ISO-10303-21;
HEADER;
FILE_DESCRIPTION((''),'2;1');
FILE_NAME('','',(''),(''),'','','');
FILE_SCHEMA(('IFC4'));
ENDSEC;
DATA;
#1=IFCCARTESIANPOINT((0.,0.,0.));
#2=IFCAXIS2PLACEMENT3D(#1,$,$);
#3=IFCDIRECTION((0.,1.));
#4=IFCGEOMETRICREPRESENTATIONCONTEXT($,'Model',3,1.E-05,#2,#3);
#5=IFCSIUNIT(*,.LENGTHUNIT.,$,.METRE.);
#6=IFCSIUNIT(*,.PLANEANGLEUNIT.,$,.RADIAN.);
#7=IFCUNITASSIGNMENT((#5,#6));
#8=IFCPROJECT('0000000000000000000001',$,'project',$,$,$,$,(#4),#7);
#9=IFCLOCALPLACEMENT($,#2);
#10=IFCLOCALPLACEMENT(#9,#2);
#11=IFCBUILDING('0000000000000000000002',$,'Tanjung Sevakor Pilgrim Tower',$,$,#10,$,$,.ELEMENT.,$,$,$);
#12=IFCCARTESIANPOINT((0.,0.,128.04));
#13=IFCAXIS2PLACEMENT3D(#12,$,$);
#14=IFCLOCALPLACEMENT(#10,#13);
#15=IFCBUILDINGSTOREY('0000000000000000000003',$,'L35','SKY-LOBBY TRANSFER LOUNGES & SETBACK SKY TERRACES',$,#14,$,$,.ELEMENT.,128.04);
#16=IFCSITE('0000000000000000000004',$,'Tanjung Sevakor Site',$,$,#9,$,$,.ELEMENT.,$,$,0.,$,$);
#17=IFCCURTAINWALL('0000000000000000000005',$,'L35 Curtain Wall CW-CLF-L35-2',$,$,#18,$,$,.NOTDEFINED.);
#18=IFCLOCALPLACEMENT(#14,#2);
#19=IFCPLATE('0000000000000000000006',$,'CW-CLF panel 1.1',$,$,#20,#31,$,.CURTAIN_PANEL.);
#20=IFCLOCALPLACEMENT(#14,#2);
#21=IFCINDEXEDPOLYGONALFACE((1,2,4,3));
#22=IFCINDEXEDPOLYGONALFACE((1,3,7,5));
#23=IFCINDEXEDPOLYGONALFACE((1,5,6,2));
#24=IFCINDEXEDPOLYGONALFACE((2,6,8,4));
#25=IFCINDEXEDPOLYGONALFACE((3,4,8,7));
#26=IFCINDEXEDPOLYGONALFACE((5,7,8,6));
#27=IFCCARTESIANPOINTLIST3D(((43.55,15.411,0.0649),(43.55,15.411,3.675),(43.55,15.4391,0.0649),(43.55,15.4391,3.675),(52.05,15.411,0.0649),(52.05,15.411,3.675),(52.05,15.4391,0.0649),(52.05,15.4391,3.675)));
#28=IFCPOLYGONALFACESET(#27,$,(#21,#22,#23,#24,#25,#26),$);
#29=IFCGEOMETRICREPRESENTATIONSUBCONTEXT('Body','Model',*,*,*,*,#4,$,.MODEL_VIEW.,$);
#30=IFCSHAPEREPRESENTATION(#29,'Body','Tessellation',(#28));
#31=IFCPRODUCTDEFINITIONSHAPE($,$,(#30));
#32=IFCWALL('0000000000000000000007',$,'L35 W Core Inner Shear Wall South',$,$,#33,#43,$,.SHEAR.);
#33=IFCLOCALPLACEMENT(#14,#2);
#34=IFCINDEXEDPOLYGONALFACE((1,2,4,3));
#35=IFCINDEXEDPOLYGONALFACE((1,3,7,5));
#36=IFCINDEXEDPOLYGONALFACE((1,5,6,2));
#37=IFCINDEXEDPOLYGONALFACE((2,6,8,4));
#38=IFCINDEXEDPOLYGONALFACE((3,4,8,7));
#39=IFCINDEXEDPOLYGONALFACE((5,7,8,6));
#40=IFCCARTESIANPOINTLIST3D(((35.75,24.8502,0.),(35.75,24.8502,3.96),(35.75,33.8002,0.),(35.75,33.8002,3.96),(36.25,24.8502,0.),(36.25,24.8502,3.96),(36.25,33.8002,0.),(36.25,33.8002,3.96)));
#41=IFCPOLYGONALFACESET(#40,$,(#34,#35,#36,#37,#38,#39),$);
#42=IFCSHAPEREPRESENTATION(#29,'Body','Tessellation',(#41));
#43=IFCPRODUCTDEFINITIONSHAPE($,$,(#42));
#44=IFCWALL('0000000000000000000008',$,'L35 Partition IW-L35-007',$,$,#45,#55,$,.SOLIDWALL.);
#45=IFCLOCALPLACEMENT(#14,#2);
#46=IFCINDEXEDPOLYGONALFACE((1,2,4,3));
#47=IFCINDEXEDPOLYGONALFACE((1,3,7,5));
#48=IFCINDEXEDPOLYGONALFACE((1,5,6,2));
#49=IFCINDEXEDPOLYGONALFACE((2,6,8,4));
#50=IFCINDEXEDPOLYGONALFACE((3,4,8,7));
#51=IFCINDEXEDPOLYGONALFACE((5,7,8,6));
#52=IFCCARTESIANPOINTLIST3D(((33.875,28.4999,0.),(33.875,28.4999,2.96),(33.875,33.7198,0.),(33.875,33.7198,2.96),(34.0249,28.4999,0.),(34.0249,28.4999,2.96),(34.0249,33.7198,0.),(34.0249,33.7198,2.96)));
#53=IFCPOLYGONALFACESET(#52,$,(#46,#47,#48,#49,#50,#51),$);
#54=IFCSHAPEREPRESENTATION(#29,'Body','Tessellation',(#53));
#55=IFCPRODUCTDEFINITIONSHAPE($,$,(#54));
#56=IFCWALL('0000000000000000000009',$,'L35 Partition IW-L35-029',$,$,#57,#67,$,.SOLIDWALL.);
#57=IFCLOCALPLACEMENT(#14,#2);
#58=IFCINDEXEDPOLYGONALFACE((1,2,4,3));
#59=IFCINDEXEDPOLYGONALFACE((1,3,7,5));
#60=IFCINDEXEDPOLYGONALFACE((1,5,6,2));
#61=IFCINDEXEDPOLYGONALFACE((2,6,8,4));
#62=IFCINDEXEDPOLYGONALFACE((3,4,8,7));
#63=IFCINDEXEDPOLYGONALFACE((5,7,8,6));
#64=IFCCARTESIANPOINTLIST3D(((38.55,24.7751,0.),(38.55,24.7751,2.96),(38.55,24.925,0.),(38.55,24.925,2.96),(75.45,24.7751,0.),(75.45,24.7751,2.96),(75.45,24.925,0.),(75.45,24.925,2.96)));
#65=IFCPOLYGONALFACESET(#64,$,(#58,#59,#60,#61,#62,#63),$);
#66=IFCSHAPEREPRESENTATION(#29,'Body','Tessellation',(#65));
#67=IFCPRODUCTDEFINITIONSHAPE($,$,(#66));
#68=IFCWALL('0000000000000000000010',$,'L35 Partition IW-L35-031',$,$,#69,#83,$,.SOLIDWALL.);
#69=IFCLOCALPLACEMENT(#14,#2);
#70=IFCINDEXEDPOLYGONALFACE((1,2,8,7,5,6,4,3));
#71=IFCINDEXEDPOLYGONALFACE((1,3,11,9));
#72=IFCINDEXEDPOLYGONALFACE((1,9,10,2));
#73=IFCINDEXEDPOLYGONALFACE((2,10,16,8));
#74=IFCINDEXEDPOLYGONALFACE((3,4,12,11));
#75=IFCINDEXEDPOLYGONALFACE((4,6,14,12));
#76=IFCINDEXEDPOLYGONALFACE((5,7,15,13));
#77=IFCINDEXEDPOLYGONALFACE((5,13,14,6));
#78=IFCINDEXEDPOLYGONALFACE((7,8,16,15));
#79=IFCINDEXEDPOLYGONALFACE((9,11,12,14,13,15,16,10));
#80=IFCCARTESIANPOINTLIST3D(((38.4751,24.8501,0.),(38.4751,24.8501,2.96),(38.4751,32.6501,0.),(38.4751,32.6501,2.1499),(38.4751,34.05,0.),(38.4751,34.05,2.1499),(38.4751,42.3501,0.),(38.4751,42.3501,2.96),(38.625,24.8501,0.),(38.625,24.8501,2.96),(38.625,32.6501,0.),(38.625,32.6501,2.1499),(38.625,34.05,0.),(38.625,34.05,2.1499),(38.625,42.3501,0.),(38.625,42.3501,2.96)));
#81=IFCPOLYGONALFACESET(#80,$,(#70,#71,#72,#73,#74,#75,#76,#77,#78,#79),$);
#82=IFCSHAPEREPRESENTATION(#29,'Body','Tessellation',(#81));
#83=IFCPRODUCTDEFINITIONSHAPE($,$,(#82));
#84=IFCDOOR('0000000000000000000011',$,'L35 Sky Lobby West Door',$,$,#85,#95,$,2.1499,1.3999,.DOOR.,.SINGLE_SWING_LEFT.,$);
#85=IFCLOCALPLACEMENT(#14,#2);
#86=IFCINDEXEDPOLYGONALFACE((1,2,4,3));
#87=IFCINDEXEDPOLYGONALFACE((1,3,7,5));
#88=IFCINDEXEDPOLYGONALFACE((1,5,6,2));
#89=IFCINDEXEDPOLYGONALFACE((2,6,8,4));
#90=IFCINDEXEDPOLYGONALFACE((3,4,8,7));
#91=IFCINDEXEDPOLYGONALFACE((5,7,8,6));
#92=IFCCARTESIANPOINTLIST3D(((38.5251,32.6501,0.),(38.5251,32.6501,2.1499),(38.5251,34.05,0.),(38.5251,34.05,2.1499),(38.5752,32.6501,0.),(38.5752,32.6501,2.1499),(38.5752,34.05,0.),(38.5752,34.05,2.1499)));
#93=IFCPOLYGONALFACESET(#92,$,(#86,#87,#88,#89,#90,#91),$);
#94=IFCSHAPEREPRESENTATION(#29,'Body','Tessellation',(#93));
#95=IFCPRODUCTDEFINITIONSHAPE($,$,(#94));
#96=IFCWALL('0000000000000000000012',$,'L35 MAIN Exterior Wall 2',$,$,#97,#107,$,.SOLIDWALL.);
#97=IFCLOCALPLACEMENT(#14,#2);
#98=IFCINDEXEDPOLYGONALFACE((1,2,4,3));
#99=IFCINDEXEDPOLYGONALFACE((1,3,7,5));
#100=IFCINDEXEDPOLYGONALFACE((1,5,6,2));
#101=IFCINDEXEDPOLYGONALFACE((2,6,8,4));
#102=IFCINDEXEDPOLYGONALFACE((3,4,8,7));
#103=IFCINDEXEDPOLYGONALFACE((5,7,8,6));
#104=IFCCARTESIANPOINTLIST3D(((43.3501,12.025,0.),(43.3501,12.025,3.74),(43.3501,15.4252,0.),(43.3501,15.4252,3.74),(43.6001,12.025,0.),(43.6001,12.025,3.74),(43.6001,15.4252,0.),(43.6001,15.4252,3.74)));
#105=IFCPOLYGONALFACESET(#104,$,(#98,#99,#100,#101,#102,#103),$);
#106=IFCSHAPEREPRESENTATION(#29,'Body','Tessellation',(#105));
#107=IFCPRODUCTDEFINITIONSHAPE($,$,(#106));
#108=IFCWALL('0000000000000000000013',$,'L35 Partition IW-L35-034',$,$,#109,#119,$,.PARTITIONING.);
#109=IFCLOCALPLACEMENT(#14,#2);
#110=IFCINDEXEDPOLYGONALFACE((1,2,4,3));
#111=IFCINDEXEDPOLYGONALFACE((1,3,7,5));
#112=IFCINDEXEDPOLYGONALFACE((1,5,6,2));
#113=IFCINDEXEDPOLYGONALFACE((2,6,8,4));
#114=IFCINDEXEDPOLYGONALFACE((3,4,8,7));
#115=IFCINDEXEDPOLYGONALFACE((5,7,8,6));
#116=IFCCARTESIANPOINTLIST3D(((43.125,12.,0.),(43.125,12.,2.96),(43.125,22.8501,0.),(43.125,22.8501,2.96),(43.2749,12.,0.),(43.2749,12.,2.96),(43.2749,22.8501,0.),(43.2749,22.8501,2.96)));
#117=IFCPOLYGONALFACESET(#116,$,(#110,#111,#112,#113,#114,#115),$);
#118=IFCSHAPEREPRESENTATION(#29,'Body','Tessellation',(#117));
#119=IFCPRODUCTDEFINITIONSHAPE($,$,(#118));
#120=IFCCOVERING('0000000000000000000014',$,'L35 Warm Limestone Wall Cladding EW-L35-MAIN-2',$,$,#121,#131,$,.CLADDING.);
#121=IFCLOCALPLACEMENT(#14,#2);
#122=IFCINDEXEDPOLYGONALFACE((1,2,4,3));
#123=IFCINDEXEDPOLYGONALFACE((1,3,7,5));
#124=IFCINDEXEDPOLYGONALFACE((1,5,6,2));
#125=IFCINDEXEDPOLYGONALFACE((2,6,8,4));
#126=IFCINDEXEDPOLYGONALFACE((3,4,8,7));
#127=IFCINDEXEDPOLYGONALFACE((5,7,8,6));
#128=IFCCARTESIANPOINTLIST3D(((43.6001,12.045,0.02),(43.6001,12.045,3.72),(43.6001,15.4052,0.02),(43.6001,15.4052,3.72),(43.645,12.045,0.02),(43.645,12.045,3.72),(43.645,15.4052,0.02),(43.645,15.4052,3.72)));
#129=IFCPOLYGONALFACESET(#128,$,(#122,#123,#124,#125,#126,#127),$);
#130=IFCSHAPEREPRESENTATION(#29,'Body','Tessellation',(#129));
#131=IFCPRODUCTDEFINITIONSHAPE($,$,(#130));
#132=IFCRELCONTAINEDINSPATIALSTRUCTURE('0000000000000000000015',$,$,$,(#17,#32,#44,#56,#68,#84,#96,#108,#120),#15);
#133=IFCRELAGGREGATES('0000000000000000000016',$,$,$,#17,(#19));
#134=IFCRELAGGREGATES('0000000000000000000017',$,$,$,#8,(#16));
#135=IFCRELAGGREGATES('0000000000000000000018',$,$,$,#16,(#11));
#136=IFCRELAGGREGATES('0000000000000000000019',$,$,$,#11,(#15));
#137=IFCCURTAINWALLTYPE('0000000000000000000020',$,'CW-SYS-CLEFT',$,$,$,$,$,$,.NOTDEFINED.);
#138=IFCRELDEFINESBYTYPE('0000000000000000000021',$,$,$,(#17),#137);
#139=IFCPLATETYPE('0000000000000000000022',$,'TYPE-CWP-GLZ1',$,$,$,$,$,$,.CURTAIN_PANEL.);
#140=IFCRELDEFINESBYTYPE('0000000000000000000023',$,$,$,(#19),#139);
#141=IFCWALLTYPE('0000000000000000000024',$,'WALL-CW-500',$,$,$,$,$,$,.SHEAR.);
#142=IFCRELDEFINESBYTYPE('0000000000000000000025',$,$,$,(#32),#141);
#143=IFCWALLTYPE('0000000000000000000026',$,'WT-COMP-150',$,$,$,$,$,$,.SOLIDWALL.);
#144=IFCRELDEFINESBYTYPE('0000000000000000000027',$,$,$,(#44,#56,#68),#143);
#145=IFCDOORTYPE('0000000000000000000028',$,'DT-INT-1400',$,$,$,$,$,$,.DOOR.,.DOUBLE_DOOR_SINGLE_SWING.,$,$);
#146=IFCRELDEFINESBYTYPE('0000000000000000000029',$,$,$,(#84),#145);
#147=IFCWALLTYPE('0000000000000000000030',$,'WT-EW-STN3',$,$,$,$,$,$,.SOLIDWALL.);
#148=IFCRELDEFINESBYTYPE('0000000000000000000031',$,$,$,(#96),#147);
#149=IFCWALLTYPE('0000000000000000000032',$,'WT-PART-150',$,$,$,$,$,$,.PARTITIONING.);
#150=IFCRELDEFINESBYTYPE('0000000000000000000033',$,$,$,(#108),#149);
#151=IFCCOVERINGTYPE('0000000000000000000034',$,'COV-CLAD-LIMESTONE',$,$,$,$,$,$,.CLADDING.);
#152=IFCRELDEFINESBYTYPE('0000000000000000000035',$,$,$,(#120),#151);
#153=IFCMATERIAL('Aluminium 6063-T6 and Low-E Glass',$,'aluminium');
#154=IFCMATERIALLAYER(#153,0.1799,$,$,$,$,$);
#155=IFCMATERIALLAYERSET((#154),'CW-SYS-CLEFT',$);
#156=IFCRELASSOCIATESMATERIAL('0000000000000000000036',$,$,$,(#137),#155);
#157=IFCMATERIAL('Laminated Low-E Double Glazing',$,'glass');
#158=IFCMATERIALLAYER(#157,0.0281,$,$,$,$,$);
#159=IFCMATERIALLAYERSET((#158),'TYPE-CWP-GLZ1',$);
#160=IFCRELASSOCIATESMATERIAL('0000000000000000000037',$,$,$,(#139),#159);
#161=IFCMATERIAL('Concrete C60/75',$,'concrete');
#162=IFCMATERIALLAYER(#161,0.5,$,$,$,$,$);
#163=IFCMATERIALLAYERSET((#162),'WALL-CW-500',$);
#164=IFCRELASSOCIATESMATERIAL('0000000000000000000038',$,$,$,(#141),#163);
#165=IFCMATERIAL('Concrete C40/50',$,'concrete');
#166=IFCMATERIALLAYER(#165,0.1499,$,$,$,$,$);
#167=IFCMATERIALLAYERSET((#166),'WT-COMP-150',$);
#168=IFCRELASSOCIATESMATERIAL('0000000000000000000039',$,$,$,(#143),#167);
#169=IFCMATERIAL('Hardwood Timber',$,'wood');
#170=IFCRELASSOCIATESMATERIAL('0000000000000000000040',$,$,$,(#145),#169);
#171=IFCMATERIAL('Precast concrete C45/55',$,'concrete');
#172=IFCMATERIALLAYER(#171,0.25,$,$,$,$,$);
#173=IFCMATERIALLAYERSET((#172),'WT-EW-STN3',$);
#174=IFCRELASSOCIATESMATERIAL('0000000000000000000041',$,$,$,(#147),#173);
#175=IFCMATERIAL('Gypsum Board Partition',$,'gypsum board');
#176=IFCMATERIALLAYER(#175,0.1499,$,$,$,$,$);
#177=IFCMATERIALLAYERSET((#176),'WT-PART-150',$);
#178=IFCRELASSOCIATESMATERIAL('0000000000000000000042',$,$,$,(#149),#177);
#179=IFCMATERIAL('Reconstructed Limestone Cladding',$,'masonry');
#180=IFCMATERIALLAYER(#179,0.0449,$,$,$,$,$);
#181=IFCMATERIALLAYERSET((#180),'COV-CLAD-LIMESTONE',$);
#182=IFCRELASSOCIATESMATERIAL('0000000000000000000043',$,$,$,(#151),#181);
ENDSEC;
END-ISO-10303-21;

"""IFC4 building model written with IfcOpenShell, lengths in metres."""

from ifc_helpers import new_model, si_unit, direction, frame, frame_2d, origin, origin_2d, place, context, subcontext, project, spatial, rectangle, extrude, material, layer, layer_set, type_object, element, fill, aggregate, save


model = new_model("IFC4")

# Units and contexts
model_context = context("Model", 3, precision=1e-05, world=origin(), true_north=direction((0.0, 1.0)))
body_context = subcontext(model_context, "Body", "Model", "MODEL_VIEW")
ifc_project = project(units=[si_unit("LENGTHUNIT", "METRE"), si_unit("PLANEANGLEUNIT", "RADIAN")], contexts=[model_context])

# Site, building, storey
site_placement = place(None, origin())
site = spatial("IfcSite", under=ifc_project, at=site_placement, Name="Tanjung Sevakor Site", CompositionType="ELEMENT", RefElevation=0.0)
building_placement = place(site_placement, origin())
building = spatial("IfcBuilding", under=site, at=building_placement, Name="Tanjung Sevakor Pilgrim Tower", CompositionType="ELEMENT")
storey_placement = place(building_placement, frame((0.0, 0.0, 128.04)))
storey = spatial("IfcBuildingStorey", under=building, at=storey_placement, Name="L35", Description="SKY-LOBBY TRANSFER LOUNGES & SETBACK SKY TERRACES", CompositionType="ELEMENT", Elevation=128.04)

# Curtain wall, plate
ifc_material_1 = material(Name="Aluminium 6063-T6 and Low-E Glass", Category="aluminium")
ifc_layer_1 = layer(ifc_material_1, 0.1799)
ifc_layer_set_1 = layer_set([ifc_layer_1], Name="CW-SYS-CLEFT")
curtain_wall_type = type_object("IfcCurtainWallType", Name="CW-SYS-CLEFT", PredefinedType="NOTDEFINED", material=ifc_layer_set_1)
curtain_wall_placement = place(storey_placement, origin())
curtain_wall = element("IfcCurtainWall", 1, at=curtain_wall_placement, inside=storey, type_object=curtain_wall_type, Name="L35 Curtain Wall CW-CLF-L35-2", PredefinedType="NOTDEFINED")
ifc_material_2 = material(Name="Laminated Low-E Double Glazing", Category="glass")
ifc_layer_2 = layer(ifc_material_2, 0.0281)
ifc_layer_set_2 = layer_set([ifc_layer_2], Name="TYPE-CWP-GLZ1")
plate_type = type_object("IfcPlateType", Name="TYPE-CWP-GLZ1", PredefinedType="CURTAIN_PANEL", material=ifc_layer_set_2)
plate_placement = place(storey_placement, frame((47.8, 15.425, 0.0649), z_axis=(0.0, 0.0, 1.0), x_axis=(1.0, 0.0, 0.0)))
plate = element("IfcPlate", 2, at=plate_placement, type_object=plate_type, Name="CW-CLF panel 1.1", PredefinedType="CURTAIN_PANEL", context=body_context, shape_type="SweptSolid", body=[
    extrude(rectangle(XDim=8.5, YDim=0.0281, at=origin_2d()), origin(), (0.0, 0.0, 1.0), 3.6101),
])
aggregate(curtain_wall, [plate])

# Walls
ifc_material_3 = material(Name="Concrete C60/75", Category="concrete")
ifc_layer_3 = layer(ifc_material_3, 0.5)
ifc_layer_set_3 = layer_set([ifc_layer_3], Name="WALL-CW-500")
wall_type_1 = type_object("IfcWallType", Name="WALL-CW-500", PredefinedType="SHEAR", material=ifc_layer_set_3)
wall_1_placement = place(storey_placement, frame((36.0, 24.8501, 0.0), z_axis=(0.0, 0.0, 1.0), x_axis=(0.0, 1.0, 0.0)))
element("IfcWall", 3, at=wall_1_placement, inside=storey, type_object=wall_type_1, Name="L35 W Core Inner Shear Wall South", PredefinedType="SHEAR", context=body_context, shape_type="SweptSolid", body=[
    extrude(rectangle(XDim=8.95, YDim=0.5, at=frame_2d((4.4751, 0.0))), origin(), (0.0, 0.0, 1.0), 3.96),
])
ifc_material_4 = material(Name="Concrete C40/50", Category="concrete")
ifc_layer_4 = layer(ifc_material_4, 0.1499)
ifc_layer_set_4 = layer_set([ifc_layer_4], Name="WT-COMP-150")
wall_type_2 = type_object("IfcWallType", Name="WT-COMP-150", PredefinedType="SOLIDWALL", material=ifc_layer_set_4)
wall_2_placement = place(storey_placement, frame((33.95, 28.5, 0.0), z_axis=(0.0, 0.0, 1.0), x_axis=(0.0, 1.0, 0.0)))
element("IfcWall", 4, at=wall_2_placement, inside=storey, type_object=wall_type_2, Name="L35 Partition IW-L35-007", PredefinedType="SOLIDWALL", context=body_context, shape_type="SweptSolid", body=[
    extrude(rectangle(XDim=5.22, YDim=0.1499, at=frame_2d((2.6099, 0.0))), origin(), (0.0, 0.0, 1.0), 2.96),
])
wall_3_placement = place(storey_placement, frame((38.55, 24.8501, 0.0), z_axis=(0.0, 0.0, 1.0), x_axis=(1.0, 0.0, 0.0)))
element("IfcWall", 5, at=wall_3_placement, inside=storey, type_object=wall_type_2, Name="L35 Partition IW-L35-029", PredefinedType="SOLIDWALL", context=body_context, shape_type="SweptSolid", body=[
    extrude(rectangle(XDim=36.8999, YDim=0.1499, at=frame_2d((18.45, 0.0))), origin(), (0.0, 0.0, 1.0), 2.96),
])

# Wall, opening, door
wall_4_placement = place(storey_placement, frame((38.55, 24.8501, 0.0), z_axis=(0.0, 0.0, 1.0), x_axis=(0.0, 1.0, 0.0)))
wall_4 = element("IfcWall", 6, at=wall_4_placement, inside=storey, type_object=wall_type_2, Name="L35 Partition IW-L35-031", PredefinedType="SOLIDWALL", context=body_context, shape_type="SweptSolid", body=[
    extrude(rectangle(XDim=17.5, YDim=0.1499, at=frame_2d((8.75, 0.0))), origin(), (0.0, 0.0, 1.0), 2.96),
])
opening_placement = place(wall_4_placement, frame((7.8, 0.0, 0.0)))
opening = element("IfcOpeningElement", 7, at=opening_placement, cuts=wall_4, PredefinedType="OPENING", context=body_context, shape_type="SweptSolid", body=[
    extrude(rectangle(XDim=1.3999, YDim=2.1499, at=frame_2d((0.7, 1.075))), frame((0.0, 0.085, 0.0), z_axis=(0.0, -1.0, 0.0), x_axis=(1.0, 0.0, 0.0)), (0.0, 0.0, 1.0), 0.1699),
])
ifc_material_5 = material(Name="Hardwood Timber", Category="wood")
door_type = type_object("IfcDoorType", Name="DT-INT-1400", OperationType="DOUBLE_DOOR_SINGLE_SWING", PredefinedType="DOOR", material=ifc_material_5)
door_placement = place(opening_placement, origin())
door = element("IfcDoor", 8, at=door_placement, inside=storey, type_object=door_type, Name="L35 Sky Lobby West Door", OperationType="SINGLE_SWING_LEFT", OverallHeight=2.1499, OverallWidth=1.3999, PredefinedType="DOOR", context=body_context, shape_type="SweptSolid", body=[
    extrude(rectangle(XDim=1.3999, YDim=2.1499, at=frame_2d((0.7, 1.075))), frame((0.0, 0.0249, 0.0), z_axis=(0.0, -1.0, 0.0), x_axis=(1.0, 0.0, 0.0)), (0.0, 0.0, 1.0), 0.05),
])
fill(opening, door)

# Walls
ifc_material_6 = material(Name="Precast concrete C45/55", Category="concrete")
ifc_layer_5 = layer(ifc_material_6, 0.25)
ifc_layer_set_5 = layer_set([ifc_layer_5], Name="WT-EW-STN3")
wall_type_3 = type_object("IfcWallType", Name="WT-EW-STN3", PredefinedType="SOLIDWALL", material=ifc_layer_set_5)
wall_5_placement = place(storey_placement, frame((43.4751, 12.0249, 0.0), z_axis=(0.0, 0.0, 1.0), x_axis=(0.0, 1.0, 0.0)))
element("IfcWall", 9, at=wall_5_placement, inside=storey, type_object=wall_type_3, Name="L35 MAIN Exterior Wall 2", PredefinedType="SOLIDWALL", context=body_context, shape_type="SweptSolid", body=[
    extrude(rectangle(XDim=3.4001, YDim=0.25, at=frame_2d((1.7002, 0.0))), origin(), (0.0, 0.0, 1.0), 3.74),
])
ifc_material_7 = material(Name="Gypsum Board Partition", Category="gypsum board")
ifc_layer_6 = layer(ifc_material_7, 0.1499)
ifc_layer_set_6 = layer_set([ifc_layer_6], Name="WT-PART-150")
wall_type_4 = type_object("IfcWallType", Name="WT-PART-150", PredefinedType="PARTITIONING", material=ifc_layer_set_6)
wall_6_placement = place(storey_placement, frame((43.2, 12.0, 0.0), z_axis=(0.0, 0.0, 1.0), x_axis=(0.0, 1.0, 0.0)))
element("IfcWall", 10, at=wall_6_placement, inside=storey, type_object=wall_type_4, Name="L35 Partition IW-L35-034", PredefinedType="PARTITIONING", context=body_context, shape_type="SweptSolid", body=[
    extrude(rectangle(XDim=10.8501, YDim=0.1499, at=frame_2d((5.425, 0.0))), origin(), (0.0, 0.0, 1.0), 2.96),
])

# Covering
ifc_material_8 = material(Name="Reconstructed Limestone Cladding", Category="masonry")
ifc_layer_7 = layer(ifc_material_8, 0.0449)
ifc_layer_set_7 = layer_set([ifc_layer_7], Name="COV-CLAD-LIMESTONE")
covering_type = type_object("IfcCoveringType", Name="COV-CLAD-LIMESTONE", PredefinedType="CLADDING", material=ifc_layer_set_7)
covering_placement = place(storey_placement, frame((43.6226, 13.7251, 0.02), z_axis=(0.0, 0.0, 1.0), x_axis=(0.0, 1.0, 0.0)))
element("IfcCovering", 11, at=covering_placement, inside=storey, type_object=covering_type, Name="L35 Warm Limestone Wall Cladding EW-L35-MAIN-2", PredefinedType="CLADDING", context=body_context, shape_type="SweptSolid", body=[
    extrude(rectangle(XDim=3.3601, YDim=0.0449, at=origin_2d()), origin(), (0.0, 0.0, 1.0), 3.7),
])

save(model, "model.ifc")
